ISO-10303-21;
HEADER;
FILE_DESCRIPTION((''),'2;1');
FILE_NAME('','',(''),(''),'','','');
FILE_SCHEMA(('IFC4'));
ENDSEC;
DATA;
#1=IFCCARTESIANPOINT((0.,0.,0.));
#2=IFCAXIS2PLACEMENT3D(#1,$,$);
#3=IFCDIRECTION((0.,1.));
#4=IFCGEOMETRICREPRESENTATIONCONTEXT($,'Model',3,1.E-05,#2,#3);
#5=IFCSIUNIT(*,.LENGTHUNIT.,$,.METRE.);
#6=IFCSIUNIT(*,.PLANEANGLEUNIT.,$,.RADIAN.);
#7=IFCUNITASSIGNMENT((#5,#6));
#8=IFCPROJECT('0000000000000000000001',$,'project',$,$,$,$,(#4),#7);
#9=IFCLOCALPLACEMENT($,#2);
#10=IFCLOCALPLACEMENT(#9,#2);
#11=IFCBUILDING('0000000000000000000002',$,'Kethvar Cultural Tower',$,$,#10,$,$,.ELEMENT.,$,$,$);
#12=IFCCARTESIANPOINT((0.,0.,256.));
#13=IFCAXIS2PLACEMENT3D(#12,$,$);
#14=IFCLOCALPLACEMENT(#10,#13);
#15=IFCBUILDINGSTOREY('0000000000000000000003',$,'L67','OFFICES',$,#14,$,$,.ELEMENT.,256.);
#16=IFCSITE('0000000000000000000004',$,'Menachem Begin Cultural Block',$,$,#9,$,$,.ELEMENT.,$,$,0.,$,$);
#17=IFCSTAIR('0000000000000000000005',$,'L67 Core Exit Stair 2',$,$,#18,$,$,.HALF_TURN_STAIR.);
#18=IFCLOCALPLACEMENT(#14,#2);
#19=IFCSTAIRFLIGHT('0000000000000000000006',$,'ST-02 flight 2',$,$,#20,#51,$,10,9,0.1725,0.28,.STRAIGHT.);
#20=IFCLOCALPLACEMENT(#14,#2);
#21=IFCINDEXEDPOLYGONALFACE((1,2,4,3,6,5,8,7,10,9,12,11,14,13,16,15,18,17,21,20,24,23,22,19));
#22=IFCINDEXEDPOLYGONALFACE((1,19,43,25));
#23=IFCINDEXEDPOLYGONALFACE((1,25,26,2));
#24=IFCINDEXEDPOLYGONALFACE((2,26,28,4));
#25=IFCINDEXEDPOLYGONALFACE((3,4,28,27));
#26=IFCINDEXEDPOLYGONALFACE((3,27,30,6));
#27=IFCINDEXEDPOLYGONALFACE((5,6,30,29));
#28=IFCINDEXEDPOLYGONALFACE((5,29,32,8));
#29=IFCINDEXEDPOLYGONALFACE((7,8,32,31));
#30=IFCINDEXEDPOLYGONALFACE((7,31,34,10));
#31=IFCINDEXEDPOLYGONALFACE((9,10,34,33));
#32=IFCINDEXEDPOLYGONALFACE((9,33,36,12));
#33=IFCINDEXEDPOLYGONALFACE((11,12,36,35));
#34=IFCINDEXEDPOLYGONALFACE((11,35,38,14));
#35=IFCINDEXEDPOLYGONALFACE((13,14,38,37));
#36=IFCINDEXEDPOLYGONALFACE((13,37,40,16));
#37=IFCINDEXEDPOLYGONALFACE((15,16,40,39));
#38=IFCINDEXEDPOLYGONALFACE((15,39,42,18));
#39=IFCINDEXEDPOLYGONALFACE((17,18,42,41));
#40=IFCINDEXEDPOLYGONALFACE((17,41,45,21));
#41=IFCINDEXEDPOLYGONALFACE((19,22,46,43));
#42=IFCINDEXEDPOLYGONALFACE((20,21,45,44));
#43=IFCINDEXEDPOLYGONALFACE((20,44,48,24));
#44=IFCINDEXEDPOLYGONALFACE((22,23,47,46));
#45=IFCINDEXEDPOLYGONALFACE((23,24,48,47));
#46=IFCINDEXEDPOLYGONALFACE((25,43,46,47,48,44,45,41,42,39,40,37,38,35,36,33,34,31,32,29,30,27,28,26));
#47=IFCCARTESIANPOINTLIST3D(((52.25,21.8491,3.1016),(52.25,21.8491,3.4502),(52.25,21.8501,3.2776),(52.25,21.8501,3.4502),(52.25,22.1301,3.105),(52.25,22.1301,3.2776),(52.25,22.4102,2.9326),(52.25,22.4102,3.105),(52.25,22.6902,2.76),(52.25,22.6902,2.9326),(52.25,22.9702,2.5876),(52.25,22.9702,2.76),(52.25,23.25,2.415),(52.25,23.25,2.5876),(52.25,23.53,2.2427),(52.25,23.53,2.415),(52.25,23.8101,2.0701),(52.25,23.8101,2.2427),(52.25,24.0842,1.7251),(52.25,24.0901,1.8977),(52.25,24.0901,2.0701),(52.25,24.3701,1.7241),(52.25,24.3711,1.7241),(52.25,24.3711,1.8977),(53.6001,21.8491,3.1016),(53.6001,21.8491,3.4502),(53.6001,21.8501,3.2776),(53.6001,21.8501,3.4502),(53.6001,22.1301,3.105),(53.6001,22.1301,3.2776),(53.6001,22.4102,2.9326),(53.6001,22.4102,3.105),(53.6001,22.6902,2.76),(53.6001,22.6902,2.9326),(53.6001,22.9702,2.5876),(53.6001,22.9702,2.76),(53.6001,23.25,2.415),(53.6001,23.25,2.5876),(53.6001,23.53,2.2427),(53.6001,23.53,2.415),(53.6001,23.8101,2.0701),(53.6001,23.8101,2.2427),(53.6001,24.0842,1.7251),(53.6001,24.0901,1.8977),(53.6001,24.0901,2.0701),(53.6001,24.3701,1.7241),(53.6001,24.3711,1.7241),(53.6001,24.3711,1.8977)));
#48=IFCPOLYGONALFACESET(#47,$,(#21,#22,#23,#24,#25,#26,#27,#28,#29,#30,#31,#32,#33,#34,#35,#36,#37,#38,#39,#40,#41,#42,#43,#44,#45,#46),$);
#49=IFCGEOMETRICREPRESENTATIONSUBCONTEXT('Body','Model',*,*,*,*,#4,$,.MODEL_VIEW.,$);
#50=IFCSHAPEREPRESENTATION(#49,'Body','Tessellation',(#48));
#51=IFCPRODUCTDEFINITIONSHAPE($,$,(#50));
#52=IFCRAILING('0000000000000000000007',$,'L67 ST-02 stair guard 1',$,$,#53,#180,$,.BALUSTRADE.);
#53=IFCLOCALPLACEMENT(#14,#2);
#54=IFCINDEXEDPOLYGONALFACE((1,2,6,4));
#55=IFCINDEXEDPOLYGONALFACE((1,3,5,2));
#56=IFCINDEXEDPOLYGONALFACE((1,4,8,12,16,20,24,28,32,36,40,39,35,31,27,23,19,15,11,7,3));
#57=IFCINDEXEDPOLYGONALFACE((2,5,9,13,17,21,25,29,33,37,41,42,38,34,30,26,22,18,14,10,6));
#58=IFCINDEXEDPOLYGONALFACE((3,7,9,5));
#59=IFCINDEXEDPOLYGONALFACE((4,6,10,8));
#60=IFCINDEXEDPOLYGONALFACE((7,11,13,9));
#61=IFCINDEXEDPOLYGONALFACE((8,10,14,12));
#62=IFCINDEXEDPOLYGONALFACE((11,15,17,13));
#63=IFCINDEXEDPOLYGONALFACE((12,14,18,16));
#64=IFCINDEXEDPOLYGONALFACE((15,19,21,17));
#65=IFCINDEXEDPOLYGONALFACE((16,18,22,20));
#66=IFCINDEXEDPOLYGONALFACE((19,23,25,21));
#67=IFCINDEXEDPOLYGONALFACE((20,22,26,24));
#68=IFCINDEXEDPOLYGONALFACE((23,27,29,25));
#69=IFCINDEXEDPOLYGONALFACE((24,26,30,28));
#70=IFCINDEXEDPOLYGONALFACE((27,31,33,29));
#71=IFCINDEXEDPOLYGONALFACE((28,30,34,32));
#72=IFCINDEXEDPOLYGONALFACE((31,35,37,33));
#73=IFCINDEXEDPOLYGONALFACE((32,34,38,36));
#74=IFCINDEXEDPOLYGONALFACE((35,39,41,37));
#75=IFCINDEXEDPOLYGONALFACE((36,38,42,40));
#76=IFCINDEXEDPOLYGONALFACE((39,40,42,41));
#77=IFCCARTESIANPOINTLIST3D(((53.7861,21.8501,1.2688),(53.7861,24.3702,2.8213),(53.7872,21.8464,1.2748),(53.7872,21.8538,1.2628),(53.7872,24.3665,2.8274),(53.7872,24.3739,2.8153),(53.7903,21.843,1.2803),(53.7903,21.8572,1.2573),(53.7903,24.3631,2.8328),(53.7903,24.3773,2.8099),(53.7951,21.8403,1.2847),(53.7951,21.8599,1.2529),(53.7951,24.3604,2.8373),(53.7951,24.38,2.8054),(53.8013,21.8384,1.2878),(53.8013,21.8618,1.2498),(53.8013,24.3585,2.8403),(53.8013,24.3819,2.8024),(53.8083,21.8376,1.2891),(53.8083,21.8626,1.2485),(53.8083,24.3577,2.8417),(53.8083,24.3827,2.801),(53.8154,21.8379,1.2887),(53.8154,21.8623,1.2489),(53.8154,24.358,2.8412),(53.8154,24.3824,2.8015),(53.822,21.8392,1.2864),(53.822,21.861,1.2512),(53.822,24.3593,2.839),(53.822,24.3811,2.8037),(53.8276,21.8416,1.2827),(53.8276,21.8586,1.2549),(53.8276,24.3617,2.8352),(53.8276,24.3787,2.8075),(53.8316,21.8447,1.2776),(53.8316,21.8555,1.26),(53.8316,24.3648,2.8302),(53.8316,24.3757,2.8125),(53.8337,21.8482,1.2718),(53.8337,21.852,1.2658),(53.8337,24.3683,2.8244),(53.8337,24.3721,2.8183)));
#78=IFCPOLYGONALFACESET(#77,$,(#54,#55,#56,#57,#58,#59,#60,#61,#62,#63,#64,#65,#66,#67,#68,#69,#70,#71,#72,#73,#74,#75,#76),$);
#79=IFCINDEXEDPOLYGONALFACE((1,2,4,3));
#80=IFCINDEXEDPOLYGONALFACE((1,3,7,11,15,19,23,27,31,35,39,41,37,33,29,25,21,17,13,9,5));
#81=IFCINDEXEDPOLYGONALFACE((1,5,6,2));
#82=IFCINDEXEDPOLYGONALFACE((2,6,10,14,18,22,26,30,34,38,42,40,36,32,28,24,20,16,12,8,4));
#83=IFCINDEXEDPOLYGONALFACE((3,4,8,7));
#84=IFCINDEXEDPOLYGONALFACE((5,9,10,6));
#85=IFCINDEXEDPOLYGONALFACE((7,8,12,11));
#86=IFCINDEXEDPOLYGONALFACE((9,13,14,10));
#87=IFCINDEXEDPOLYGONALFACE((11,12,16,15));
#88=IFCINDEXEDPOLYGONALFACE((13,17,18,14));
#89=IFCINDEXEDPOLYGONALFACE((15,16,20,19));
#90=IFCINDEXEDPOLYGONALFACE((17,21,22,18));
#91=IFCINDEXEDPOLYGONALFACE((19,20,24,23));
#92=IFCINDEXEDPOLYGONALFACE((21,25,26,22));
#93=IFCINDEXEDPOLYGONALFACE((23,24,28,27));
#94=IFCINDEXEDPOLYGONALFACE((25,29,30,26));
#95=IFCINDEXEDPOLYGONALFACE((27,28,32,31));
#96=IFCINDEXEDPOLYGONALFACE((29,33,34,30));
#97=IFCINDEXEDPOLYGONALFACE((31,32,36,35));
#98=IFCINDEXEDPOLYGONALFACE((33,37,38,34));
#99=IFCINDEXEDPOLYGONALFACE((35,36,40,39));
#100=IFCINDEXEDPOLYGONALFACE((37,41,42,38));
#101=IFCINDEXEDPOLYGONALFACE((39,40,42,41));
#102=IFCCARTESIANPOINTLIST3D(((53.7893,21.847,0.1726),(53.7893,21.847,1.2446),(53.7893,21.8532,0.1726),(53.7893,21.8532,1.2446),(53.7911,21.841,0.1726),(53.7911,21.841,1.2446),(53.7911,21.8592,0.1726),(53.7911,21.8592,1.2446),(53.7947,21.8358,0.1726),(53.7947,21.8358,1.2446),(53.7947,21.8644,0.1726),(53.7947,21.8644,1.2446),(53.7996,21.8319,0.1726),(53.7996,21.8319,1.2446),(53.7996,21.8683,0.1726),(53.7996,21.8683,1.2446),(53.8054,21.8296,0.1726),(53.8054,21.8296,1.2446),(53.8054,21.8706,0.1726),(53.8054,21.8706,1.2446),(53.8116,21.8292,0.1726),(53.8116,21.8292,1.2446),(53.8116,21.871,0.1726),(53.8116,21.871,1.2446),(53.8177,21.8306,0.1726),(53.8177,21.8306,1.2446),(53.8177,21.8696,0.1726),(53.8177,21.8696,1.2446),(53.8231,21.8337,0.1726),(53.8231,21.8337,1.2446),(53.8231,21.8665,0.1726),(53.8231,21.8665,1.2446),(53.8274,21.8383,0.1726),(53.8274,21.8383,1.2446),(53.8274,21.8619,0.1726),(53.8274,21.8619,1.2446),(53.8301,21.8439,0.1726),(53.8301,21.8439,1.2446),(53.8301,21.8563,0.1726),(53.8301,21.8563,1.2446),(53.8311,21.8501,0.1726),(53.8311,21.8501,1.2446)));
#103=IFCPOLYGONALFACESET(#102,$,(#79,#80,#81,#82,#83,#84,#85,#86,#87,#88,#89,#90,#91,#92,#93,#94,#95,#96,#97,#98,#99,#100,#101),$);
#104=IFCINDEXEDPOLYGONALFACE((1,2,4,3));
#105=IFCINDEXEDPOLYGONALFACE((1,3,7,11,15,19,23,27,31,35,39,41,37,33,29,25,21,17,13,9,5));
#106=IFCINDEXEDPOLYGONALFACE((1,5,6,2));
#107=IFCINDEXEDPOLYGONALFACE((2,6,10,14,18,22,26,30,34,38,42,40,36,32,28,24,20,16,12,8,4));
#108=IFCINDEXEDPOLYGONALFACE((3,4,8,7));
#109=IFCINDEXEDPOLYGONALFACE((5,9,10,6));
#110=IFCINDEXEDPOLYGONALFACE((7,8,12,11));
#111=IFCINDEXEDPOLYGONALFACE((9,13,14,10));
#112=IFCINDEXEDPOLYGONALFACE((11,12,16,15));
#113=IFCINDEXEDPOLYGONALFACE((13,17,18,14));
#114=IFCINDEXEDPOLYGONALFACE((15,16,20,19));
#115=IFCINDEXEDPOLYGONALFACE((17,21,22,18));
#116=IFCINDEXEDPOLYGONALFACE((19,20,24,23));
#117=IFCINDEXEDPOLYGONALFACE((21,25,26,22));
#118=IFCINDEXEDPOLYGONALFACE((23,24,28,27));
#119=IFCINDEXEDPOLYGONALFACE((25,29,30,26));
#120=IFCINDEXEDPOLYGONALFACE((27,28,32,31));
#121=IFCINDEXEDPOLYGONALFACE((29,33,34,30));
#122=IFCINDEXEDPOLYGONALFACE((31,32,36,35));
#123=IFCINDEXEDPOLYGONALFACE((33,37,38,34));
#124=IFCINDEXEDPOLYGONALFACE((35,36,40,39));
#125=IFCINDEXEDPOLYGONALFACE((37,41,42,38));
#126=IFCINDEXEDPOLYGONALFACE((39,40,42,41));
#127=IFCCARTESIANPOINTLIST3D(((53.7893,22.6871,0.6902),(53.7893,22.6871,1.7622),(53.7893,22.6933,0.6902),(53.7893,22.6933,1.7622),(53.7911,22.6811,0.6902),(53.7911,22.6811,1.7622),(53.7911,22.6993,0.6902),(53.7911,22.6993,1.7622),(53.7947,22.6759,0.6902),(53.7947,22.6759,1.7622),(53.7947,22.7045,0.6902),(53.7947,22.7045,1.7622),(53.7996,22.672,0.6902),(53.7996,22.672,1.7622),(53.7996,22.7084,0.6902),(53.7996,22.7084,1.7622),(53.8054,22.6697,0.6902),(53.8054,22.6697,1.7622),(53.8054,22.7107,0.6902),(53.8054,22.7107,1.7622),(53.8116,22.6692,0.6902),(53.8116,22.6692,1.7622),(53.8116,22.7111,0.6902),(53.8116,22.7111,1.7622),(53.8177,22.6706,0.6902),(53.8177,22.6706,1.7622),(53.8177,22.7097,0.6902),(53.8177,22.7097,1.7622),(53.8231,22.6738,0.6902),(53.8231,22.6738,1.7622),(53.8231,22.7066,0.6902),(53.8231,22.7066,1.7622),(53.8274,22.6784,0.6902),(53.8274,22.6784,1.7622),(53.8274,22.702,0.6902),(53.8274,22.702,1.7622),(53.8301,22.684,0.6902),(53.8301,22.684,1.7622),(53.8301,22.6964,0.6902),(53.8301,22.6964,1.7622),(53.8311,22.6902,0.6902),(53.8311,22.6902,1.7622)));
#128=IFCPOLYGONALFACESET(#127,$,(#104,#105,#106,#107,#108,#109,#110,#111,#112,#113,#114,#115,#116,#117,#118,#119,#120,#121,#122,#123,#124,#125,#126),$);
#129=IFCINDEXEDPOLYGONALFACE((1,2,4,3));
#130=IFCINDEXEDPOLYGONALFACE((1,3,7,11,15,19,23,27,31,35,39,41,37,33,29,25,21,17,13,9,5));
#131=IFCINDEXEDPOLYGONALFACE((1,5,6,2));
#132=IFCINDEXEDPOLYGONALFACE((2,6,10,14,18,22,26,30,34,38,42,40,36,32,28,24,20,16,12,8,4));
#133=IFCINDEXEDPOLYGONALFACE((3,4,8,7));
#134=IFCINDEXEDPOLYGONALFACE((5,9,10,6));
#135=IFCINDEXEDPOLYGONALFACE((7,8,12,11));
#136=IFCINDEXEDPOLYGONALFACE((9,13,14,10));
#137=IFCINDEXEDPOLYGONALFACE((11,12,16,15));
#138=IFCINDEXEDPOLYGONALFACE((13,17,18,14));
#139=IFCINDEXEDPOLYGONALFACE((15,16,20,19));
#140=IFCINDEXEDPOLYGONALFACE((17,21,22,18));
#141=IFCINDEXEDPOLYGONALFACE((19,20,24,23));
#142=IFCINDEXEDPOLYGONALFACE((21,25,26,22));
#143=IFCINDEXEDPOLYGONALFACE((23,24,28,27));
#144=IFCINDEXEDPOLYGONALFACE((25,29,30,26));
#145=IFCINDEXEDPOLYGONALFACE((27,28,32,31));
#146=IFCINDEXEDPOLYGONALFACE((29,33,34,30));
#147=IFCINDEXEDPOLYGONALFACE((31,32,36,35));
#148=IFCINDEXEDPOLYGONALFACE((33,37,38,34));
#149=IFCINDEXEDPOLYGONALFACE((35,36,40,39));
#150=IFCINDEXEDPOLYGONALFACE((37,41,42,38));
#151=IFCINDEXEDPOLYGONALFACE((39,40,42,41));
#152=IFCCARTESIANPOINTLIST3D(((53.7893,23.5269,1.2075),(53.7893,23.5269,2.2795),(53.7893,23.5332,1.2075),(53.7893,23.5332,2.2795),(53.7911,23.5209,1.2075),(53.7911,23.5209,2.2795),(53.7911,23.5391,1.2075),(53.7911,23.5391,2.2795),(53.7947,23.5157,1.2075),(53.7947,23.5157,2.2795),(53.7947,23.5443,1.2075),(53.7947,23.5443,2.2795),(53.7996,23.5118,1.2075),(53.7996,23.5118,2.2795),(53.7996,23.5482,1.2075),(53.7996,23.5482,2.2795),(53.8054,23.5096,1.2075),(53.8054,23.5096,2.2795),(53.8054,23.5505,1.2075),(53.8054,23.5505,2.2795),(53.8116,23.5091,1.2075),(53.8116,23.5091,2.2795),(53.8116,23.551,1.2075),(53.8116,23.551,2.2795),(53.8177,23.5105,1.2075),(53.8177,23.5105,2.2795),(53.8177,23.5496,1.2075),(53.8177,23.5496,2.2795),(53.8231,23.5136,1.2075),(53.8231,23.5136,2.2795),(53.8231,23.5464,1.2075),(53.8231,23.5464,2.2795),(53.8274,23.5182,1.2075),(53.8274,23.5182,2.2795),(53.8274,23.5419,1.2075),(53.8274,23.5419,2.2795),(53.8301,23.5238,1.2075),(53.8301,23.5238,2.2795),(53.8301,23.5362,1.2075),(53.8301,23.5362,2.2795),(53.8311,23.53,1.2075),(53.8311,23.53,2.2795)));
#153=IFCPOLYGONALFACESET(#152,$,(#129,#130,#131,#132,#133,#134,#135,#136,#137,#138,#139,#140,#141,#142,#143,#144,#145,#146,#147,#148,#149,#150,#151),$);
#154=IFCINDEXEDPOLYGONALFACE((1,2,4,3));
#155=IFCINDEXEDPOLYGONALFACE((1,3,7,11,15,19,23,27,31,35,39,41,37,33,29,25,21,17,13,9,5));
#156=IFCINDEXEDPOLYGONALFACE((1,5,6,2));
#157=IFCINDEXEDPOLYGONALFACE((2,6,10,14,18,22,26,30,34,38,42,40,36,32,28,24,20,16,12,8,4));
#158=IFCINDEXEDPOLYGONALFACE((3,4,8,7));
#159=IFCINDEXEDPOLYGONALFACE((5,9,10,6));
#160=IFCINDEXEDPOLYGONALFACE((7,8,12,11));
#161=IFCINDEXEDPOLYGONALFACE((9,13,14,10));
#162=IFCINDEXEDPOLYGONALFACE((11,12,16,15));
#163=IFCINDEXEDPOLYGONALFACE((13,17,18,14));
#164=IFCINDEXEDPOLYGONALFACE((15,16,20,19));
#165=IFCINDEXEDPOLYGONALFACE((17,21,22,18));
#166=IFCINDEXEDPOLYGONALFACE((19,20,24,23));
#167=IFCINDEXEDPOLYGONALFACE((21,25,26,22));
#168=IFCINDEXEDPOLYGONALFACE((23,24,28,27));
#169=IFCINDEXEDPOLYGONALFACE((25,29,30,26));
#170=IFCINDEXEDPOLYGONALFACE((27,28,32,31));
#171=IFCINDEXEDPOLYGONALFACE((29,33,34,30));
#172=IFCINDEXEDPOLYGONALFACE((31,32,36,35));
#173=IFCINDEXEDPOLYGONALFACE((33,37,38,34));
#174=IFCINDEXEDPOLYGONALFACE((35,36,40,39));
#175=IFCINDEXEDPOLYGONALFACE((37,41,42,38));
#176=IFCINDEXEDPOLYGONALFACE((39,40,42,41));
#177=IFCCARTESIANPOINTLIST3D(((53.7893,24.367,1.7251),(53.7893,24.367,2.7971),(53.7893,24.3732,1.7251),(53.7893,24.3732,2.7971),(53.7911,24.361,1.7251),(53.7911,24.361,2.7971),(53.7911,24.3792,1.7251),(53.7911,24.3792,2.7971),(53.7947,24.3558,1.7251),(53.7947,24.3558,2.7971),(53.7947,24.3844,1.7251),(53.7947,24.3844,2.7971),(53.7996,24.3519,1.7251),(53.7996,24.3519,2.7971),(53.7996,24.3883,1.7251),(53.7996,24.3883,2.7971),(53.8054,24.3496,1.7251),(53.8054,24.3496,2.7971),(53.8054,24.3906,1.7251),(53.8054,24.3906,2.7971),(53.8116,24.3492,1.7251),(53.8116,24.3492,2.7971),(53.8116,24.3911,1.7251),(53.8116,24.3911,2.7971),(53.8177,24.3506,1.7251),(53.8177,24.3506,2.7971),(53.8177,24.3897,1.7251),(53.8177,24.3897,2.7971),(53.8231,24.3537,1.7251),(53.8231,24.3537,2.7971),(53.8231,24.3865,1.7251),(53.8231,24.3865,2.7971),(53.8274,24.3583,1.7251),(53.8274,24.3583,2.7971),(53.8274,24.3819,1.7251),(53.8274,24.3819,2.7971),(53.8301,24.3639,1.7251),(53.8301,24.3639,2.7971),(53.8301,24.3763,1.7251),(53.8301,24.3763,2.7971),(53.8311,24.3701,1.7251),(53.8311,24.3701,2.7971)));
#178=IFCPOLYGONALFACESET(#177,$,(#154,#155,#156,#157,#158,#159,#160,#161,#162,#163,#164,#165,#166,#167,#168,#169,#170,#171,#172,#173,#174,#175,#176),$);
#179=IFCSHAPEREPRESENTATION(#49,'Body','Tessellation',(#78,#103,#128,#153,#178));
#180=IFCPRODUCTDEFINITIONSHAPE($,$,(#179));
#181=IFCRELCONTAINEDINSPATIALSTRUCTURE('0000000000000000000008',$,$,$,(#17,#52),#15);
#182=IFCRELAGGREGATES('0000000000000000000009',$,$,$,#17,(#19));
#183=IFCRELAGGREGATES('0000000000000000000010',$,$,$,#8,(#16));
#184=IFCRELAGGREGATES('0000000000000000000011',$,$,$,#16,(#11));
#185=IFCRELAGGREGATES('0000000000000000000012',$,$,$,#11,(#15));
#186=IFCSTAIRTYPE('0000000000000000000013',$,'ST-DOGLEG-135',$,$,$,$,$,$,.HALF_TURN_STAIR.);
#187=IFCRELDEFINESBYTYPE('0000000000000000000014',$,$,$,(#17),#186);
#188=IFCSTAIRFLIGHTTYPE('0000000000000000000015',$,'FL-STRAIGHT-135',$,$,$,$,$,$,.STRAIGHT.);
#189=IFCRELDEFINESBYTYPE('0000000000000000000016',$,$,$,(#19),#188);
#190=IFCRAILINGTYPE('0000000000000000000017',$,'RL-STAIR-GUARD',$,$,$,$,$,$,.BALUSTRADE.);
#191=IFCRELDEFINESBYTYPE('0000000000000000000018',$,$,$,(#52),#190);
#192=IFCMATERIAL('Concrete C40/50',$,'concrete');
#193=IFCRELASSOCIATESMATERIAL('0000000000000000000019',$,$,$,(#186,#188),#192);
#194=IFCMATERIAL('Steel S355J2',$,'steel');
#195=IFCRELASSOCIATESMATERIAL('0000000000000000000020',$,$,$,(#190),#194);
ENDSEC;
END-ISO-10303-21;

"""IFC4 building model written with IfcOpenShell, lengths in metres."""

from ifc_helpers import new_model, si_unit, direction, frame, origin, origin_2d, place, context, subcontext, project, spatial, polyline, circle, outline, extrude, material, type_object, element, aggregate, save


model = new_model("IFC4")

# Units and contexts
model_context = context("Model", 3, precision=1e-05, world=origin(), true_north=direction((0.0, 1.0)))
body_context = subcontext(model_context, "Body", "Model", "MODEL_VIEW")
ifc_project = project(units=[si_unit("LENGTHUNIT", "METRE"), si_unit("PLANEANGLEUNIT", "RADIAN")], contexts=[model_context])

# Site, building, storey
site_placement = place(None, origin())
site = spatial("IfcSite", under=ifc_project, at=site_placement, Name="Menachem Begin Cultural Block", CompositionType="ELEMENT", RefElevation=0.0)
building_placement = place(site_placement, origin())
building = spatial("IfcBuilding", under=site, at=building_placement, Name="Kethvar Cultural Tower", CompositionType="ELEMENT")
storey_placement = place(building_placement, frame((0.0, 0.0, 256.0)))
storey = spatial("IfcBuildingStorey", under=building, at=storey_placement, Name="L67", Description="OFFICES", CompositionType="ELEMENT", Elevation=256.0)

# Shared definitions
ifc_material_1 = material(Name="Steel S355J2", Category="steel")

# Stair, stair flight
ifc_material_2 = material(Name="Concrete C40/50", Category="concrete")
stair_type = type_object("IfcStairType", Name="ST-DOGLEG-135", PredefinedType="HALF_TURN_STAIR", material=ifc_material_2)
stair_placement = place(storey_placement, origin())
stair = element("IfcStair", 1, at=stair_placement, inside=storey, type_object=stair_type, Name="L67 Core Exit Stair 2", PredefinedType="HALF_TURN_STAIR")
stair_flight_type = type_object("IfcStairFlightType", Name="FL-STRAIGHT-135", PredefinedType="STRAIGHT", material=ifc_material_2)
stair_flight_1_placement = place(storey_placement, frame((52.925, 24.3701, 1.7251), z_axis=(0.0, 0.0, 1.0), x_axis=(0.0, -1.0, 0.0)))
stair_flight_1 = element("IfcStairFlight", 2, at=stair_flight_1_placement, type_object=stair_flight_type, Name="ST-02 flight 2", NumberOfRisers=10, NumberOfTreads=9, PredefinedType="STRAIGHT", RiserHeight=0.1725, TreadLength=0.28, context=body_context, shape_type="SweptSolid", body=[
    extrude(outline(polyline([(-0.001, -0.001), (-0.001, 0.1726), (0.28, 0.1726), (0.28, 0.345), (0.5601, 0.345), (0.5601, 0.5176), (0.8401, 0.5176), (0.8401, 0.6899), (1.1201, 0.6899), (1.1201, 0.8625), (1.3999, 0.8625), (1.3999, 1.0349), (1.6799, 1.0349), (1.6799, 1.2075), (1.96, 1.2075), (1.96, 1.3799), (2.24, 1.3799), (2.24, 1.5525), (2.52, 1.5525), (2.52, 1.7251), (2.521, 1.7251), (2.521, 1.3765), (0.2859, 0.0), (0.0, -0.001), (-0.001, -0.001)])), frame((0.0, 0.675, 0.0), z_axis=(0.0, -1.0, 0.0), x_axis=(1.0, 0.0, 0.0)), (0.0, 0.0, 1.0), 1.3501),
])
aggregate(stair, [stair_flight_1])

# Railing
railing_type_1 = type_object("IfcRailingType", Name="RL-STAIR-GUARD", PredefinedType="BALUSTRADE", material=ifc_material_1)
railing_1_placement = place(storey_placement, frame((53.8101, 21.8501, 0.1726)))
element("IfcRailing", 3, at=railing_1_placement, inside=storey, type_object=railing_type_1, Name="L67 ST-02 stair guard 1", PredefinedType="BALUSTRADE", context=body_context, shape_type="SweptSolid", body=[
    extrude(circle(Radius=0.0239, at=origin_2d()), frame((0.0, 0.0, 1.0962), z_axis=(0.0, 0.8514, 0.524516), x_axis=(-1.0, 0.0, 0.0)), (0.0, 0.0, 1.0), 2.96),
    extrude(circle(Radius=0.021, at=origin_2d()), origin(), (0.0, 0.0, 1.0), 1.072),
    extrude(circle(Radius=0.021, at=origin_2d()), frame((0.0, 0.8401, 0.5176)), (0.0, 0.0, 1.0), 1.072),
    extrude(circle(Radius=0.021, at=origin_2d()), frame((0.0, 1.6799, 1.0349)), (0.0, 0.0, 1.0), 1.072),
    extrude(circle(Radius=0.021, at=origin_2d()), frame((0.0, 2.52, 1.5525)), (0.0, 0.0, 1.0), 1.072),
])

save(model, "model.ifc")
